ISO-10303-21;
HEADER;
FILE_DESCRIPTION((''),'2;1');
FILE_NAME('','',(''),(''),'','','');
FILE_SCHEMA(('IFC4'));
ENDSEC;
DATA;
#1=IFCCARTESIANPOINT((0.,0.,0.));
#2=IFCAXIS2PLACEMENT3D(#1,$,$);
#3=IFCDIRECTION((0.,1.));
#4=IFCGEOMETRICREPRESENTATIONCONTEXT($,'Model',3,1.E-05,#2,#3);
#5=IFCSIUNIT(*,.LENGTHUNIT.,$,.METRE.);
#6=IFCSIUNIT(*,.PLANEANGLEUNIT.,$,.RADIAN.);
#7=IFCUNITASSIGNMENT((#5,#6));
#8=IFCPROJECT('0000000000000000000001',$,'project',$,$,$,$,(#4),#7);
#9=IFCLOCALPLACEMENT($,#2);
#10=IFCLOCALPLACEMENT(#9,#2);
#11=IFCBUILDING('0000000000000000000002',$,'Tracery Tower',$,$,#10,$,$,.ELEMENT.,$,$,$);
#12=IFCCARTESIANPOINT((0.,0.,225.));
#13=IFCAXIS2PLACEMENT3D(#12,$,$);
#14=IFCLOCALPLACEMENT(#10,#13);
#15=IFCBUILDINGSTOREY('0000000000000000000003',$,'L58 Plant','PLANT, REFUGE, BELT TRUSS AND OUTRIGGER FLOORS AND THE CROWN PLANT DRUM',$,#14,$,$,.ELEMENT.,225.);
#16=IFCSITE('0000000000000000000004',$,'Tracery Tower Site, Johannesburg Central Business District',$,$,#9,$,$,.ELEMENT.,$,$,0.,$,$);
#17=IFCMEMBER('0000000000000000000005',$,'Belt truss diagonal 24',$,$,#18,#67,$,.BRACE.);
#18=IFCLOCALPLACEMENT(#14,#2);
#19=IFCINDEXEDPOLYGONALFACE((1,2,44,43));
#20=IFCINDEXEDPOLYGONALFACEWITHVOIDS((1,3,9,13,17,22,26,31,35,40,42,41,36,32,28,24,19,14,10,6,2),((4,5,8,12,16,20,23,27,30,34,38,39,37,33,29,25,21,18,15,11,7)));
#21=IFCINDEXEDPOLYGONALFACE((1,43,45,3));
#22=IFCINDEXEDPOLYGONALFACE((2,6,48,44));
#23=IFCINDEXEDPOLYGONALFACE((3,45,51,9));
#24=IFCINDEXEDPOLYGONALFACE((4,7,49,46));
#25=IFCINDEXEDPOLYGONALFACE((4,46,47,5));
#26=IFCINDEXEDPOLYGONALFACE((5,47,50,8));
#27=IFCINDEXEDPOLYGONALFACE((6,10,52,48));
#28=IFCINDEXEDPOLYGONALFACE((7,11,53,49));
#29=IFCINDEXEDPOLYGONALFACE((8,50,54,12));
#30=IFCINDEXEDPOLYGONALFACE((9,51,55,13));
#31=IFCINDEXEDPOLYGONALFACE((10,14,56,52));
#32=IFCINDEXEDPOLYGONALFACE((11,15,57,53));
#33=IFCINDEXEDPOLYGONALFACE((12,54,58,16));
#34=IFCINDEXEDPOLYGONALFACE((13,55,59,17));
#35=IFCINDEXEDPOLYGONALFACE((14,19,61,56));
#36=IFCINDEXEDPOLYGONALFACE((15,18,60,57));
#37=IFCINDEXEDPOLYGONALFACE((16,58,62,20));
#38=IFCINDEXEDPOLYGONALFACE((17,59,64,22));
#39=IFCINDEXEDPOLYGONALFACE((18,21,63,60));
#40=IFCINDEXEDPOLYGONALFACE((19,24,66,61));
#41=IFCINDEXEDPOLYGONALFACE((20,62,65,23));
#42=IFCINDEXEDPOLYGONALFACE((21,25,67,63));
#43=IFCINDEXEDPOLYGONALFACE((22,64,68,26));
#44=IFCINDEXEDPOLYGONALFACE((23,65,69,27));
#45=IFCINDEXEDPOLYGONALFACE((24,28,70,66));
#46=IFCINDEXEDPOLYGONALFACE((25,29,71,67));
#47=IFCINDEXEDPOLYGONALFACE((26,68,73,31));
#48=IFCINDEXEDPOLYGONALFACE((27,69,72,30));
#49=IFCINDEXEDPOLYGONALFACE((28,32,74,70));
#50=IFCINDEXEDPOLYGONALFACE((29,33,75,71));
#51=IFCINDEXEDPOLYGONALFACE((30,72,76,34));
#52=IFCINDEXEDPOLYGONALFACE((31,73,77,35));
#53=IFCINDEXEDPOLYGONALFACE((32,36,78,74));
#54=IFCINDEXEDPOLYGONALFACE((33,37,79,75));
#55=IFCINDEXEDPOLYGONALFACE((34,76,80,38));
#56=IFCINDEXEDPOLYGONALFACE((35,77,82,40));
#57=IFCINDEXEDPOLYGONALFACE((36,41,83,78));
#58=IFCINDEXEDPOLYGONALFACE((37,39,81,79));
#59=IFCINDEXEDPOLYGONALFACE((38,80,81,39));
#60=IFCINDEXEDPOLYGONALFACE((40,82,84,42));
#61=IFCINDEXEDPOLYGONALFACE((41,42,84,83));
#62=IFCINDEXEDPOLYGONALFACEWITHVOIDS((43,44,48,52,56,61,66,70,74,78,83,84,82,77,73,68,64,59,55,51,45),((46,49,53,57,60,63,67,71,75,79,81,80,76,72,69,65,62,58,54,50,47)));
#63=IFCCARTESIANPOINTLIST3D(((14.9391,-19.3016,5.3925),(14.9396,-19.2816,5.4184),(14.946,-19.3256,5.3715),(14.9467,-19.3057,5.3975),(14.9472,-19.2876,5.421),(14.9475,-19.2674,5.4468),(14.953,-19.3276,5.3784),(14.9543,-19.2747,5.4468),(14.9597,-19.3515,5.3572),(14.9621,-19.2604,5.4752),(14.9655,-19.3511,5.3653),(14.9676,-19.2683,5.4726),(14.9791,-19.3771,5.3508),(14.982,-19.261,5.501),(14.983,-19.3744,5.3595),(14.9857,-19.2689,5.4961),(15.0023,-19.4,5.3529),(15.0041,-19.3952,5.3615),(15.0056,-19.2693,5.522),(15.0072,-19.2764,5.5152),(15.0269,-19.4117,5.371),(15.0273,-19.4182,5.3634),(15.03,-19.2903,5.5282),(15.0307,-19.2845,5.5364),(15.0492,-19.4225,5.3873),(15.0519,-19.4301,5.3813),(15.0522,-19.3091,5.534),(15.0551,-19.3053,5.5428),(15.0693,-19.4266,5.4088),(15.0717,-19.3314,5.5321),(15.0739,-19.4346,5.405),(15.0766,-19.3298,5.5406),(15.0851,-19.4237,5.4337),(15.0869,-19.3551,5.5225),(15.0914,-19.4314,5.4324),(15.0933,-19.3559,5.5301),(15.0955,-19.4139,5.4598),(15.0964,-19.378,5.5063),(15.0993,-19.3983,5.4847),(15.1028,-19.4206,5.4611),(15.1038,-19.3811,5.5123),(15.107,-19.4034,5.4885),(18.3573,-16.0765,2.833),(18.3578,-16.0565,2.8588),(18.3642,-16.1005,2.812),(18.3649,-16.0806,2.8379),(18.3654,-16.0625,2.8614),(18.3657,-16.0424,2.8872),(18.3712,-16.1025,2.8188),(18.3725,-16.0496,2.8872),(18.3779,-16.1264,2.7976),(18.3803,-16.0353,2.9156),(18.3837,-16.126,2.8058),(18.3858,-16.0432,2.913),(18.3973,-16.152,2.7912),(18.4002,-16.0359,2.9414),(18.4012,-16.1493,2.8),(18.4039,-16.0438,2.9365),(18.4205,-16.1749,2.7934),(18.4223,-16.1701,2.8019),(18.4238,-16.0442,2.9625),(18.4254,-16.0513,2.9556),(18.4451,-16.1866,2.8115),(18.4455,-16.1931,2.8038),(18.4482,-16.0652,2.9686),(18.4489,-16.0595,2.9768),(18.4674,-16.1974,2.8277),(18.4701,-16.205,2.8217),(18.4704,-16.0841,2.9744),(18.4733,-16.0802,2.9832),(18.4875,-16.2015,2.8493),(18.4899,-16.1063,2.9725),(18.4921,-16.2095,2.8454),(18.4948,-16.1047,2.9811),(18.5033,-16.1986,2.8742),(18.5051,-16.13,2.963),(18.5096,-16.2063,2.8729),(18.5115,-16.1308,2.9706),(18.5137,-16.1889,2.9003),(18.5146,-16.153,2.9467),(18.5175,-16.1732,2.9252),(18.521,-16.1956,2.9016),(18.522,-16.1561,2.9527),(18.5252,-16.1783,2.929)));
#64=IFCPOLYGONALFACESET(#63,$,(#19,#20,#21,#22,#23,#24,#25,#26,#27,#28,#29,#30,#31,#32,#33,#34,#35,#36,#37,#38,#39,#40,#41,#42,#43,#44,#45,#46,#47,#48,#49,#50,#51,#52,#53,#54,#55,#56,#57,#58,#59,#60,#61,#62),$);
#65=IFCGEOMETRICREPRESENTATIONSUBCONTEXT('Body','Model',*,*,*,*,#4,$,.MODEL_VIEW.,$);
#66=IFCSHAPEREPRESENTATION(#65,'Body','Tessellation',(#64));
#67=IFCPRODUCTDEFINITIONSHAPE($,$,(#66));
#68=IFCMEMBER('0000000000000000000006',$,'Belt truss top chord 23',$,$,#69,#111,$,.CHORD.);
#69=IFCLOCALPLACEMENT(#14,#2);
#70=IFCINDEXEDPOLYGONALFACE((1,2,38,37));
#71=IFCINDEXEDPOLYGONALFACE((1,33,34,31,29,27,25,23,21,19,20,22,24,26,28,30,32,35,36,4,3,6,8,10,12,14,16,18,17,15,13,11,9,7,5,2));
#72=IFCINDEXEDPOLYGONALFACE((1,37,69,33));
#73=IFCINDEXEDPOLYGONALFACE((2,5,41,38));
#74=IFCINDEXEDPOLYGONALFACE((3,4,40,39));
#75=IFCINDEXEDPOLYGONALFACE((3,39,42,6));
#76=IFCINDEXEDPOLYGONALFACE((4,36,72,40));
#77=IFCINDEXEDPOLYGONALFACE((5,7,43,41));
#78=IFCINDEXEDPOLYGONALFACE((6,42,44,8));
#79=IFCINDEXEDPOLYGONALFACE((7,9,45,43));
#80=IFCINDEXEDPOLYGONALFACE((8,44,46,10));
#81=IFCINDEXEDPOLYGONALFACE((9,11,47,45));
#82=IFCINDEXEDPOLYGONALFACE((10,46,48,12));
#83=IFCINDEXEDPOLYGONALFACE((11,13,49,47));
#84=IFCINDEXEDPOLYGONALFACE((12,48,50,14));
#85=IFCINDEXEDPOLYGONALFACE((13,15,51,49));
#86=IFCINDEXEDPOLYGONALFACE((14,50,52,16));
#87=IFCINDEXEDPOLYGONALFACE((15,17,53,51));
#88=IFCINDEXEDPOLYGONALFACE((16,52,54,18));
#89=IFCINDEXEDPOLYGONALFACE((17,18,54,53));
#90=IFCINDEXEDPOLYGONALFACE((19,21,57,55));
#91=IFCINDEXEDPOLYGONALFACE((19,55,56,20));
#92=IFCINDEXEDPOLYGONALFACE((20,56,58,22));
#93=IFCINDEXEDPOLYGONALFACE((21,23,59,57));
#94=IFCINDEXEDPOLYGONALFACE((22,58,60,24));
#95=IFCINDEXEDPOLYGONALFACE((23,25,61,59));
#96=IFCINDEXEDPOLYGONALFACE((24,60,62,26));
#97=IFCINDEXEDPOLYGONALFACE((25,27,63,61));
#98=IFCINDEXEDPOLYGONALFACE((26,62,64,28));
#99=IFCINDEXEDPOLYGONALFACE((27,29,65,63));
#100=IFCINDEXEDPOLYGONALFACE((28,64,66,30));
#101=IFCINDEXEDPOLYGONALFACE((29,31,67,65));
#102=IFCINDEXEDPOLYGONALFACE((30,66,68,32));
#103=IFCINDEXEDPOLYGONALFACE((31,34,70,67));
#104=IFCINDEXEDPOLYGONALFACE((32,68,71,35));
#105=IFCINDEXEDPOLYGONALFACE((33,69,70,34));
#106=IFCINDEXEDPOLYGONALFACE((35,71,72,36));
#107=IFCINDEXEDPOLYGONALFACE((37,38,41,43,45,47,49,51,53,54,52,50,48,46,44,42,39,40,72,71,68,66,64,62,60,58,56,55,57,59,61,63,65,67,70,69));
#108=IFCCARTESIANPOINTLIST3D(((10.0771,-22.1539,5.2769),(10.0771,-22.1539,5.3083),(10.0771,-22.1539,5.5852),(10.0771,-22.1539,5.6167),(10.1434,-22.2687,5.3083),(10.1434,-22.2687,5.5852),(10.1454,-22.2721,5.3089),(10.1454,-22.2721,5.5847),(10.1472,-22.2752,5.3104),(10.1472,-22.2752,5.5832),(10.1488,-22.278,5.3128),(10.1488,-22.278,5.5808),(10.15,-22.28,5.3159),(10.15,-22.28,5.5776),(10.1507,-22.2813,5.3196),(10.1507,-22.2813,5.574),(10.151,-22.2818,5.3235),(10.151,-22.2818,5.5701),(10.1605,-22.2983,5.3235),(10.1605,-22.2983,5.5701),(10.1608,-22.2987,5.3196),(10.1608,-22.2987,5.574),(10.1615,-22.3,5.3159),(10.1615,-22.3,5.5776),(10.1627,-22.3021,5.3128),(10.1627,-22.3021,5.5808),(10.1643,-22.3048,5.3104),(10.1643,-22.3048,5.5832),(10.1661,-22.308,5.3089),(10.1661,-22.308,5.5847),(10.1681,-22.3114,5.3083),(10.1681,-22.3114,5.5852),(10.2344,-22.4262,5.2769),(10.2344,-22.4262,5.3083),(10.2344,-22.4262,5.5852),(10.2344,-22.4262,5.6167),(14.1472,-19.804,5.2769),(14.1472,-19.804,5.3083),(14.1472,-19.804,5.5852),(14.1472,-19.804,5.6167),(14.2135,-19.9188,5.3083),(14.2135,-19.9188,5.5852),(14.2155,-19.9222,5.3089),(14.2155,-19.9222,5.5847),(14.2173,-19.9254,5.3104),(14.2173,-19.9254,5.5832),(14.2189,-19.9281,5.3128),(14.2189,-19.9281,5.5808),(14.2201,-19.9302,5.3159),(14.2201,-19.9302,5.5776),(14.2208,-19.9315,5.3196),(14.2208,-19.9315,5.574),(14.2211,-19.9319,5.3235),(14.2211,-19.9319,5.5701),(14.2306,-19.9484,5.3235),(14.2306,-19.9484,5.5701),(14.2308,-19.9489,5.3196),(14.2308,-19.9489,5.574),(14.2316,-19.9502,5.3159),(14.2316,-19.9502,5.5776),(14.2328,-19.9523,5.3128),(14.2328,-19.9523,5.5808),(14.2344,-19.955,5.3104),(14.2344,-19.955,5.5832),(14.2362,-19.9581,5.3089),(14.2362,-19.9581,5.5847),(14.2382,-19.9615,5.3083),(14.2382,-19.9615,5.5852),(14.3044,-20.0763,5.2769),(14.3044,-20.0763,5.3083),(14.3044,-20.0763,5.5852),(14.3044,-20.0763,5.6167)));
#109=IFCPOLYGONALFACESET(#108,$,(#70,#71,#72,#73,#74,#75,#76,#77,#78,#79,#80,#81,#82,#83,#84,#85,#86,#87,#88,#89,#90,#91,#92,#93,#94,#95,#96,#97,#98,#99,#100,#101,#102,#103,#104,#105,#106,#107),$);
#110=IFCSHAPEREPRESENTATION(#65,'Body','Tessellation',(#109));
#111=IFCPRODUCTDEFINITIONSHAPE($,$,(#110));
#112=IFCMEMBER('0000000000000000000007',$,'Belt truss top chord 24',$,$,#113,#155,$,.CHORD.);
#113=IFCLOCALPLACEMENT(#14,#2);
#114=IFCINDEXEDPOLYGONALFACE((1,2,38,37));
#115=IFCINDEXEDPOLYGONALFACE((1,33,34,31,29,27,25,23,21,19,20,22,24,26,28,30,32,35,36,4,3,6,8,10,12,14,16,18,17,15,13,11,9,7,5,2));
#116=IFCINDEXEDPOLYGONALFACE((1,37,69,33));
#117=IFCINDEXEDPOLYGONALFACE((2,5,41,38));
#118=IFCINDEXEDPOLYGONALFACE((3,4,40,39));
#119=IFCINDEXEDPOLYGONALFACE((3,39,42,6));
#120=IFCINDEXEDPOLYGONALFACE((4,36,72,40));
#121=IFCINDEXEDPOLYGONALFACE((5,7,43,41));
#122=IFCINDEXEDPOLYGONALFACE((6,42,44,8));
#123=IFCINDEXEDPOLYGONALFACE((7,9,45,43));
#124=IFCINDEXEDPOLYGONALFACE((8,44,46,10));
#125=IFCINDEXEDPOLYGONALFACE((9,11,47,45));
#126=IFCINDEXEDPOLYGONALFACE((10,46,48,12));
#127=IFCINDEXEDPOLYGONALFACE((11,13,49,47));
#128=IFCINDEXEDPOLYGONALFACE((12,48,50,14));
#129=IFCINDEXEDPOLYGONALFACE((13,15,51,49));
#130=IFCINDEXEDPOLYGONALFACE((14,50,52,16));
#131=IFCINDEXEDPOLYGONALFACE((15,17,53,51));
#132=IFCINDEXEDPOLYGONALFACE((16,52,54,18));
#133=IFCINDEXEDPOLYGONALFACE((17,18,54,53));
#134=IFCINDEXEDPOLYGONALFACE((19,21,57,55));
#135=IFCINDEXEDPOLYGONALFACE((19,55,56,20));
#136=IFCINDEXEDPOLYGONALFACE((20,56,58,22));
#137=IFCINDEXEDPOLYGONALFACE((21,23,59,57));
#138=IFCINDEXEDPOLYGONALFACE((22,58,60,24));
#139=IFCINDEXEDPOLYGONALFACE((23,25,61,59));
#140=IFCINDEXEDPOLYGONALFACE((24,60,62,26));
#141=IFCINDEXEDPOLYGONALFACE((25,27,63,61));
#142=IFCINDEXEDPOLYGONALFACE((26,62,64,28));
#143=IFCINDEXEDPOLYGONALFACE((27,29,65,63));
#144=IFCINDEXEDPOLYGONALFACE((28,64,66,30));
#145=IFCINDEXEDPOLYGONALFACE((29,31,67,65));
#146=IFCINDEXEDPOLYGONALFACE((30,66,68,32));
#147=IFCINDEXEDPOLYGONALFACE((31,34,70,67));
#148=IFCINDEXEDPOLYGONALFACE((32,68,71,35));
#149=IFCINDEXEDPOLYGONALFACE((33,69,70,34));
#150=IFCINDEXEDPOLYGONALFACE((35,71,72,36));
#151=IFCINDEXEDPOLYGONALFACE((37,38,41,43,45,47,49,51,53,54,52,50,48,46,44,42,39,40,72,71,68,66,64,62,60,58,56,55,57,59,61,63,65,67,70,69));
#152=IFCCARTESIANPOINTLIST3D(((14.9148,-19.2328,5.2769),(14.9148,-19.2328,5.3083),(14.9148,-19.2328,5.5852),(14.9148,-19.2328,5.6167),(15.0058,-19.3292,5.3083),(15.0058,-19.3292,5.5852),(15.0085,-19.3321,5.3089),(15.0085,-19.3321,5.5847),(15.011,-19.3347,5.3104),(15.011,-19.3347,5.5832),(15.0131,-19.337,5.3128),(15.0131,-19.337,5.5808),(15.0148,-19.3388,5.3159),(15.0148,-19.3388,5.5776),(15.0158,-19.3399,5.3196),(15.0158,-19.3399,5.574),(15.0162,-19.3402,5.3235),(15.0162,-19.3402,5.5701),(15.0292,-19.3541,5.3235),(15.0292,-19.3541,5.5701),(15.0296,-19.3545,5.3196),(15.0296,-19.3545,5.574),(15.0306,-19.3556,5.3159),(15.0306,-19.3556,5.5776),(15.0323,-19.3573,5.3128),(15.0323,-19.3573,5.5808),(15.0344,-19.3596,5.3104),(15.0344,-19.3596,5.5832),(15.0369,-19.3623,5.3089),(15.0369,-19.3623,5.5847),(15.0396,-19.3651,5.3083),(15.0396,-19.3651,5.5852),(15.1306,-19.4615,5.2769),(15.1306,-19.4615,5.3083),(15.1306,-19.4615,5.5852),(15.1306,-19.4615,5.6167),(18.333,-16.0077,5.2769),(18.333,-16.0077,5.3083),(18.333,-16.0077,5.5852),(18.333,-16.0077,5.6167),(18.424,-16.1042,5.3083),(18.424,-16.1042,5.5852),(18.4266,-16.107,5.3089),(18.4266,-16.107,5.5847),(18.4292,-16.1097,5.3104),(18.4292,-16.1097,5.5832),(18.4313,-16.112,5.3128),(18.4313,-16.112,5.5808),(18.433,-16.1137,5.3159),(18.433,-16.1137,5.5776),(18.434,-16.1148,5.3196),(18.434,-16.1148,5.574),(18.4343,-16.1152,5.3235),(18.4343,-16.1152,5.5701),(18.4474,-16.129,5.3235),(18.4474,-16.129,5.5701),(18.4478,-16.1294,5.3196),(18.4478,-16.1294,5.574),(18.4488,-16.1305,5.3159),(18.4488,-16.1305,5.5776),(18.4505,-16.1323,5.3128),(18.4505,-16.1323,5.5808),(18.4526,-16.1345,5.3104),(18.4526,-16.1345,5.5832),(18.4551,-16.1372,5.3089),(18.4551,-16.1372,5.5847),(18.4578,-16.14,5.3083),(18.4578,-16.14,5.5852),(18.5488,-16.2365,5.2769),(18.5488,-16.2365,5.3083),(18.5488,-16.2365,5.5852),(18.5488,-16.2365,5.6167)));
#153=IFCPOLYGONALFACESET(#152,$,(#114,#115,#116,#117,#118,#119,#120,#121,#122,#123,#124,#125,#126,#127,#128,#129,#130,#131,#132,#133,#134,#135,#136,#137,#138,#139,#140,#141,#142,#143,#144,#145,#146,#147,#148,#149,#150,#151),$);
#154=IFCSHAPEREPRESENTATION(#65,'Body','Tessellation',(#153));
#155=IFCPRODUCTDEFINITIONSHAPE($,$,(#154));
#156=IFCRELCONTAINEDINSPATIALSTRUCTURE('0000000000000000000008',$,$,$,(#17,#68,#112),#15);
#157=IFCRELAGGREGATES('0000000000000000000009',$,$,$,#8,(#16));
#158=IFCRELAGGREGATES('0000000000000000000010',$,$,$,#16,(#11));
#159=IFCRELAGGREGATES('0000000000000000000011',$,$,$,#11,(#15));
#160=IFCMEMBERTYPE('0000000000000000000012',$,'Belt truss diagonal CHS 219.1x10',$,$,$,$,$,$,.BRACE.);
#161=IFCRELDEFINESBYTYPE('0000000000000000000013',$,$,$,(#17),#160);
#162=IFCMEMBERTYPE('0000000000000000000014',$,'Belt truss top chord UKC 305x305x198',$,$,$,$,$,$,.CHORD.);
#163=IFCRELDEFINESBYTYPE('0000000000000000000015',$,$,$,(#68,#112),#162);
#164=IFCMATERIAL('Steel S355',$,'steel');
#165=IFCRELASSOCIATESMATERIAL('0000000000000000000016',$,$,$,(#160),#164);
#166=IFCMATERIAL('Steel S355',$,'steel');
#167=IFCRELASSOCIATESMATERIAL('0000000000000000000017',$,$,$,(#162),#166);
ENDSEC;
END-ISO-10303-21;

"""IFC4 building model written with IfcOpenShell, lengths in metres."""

from ifc_helpers import new_model, si_unit, direction, frame, origin, origin_2d, place, context, subcontext, project, spatial, hollow_circle, i_section, extrude, material, material_profile, profile_set, type_object, element, save


model = new_model("IFC4")

# Units and contexts
model_context = context("Model", 3, precision=1e-05, world=origin(), true_north=direction((0.0, 1.0)))
body_context = subcontext(model_context, "Body", "Model", "MODEL_VIEW")
ifc_project = project(units=[si_unit("LENGTHUNIT", "METRE"), si_unit("PLANEANGLEUNIT", "RADIAN")], contexts=[model_context])

# Site, building, storey
site_placement = place(None, origin())
site = spatial("IfcSite", under=ifc_project, at=site_placement, Name="Tracery Tower Site, Johannesburg Central Business District", CompositionType="ELEMENT", RefElevation=0.0)
building_placement = place(site_placement, origin())
building = spatial("IfcBuilding", under=site, at=building_placement, Name="Tracery Tower", CompositionType="ELEMENT")
storey_placement = place(building_placement, frame((0.0, 0.0, 225.0)))
storey = spatial("IfcBuildingStorey", under=building, at=storey_placement, Name="L58 Plant", Description="PLANT, REFUGE, BELT TRUSS AND OUTRIGGER FLOORS AND THE CROWN PLANT DRUM", CompositionType="ELEMENT", Elevation=225.0)

# Members
ifc_material_1 = material(Name="Steel S355", Category="steel")
ifc_material_profile_1 = material_profile(ifc_material_1, hollow_circle(Radius=0.1096, WallThickness=0.01, at=origin_2d()), Name="CHS 219.1x10")
ifc_profile_set_1 = profile_set([ifc_material_profile_1], Name="Steel S355")
member_type_1 = type_object("IfcMemberType", Name="Belt truss diagonal CHS 219.1x10", PredefinedType="BRACE", material=ifc_profile_set_1)
member_1_placement = place(storey_placement, frame((15.0227, -19.3472, 5.4468), z_axis=(0.638758, 0.602671, -0.478305), x_axis=(-0.686262, 0.727355, 0.0)))
element("IfcMember", 1, at=member_1_placement, inside=storey, type_object=member_type_1, Name="Belt truss diagonal 24", PredefinedType="BRACE", context=body_context, shape_type="SweptSolid", body=[
    extrude(hollow_circle(Radius=0.1096, WallThickness=0.01, at=origin_2d()), origin(), (0.0, 0.0, 1.0), 5.3513),
])
ifc_material_2 = material(Name="Steel S355", Category="steel")
ifc_material_profile_2 = material_profile(ifc_material_2, i_section(OverallWidth=0.3145, OverallDepth=0.3398, WebThickness=0.019, FlangeThickness=0.0315, FilletRadius=0.0151, at=origin_2d()), Name="UKC 305x305x198")
ifc_profile_set_2 = profile_set([ifc_material_profile_2], Name="Steel S355")
member_type_2 = type_object("IfcMemberType", Name="Belt truss top chord UKC 305x305x198", PredefinedType="CHORD", material=ifc_profile_set_2)
member_2_placement = place(storey_placement, frame((10.1558, -22.29, 5.4468), z_axis=(0.866026, 0.5, 0.0), x_axis=(-0.5, 0.866026, 0.0)))
element("IfcMember", 2, at=member_2_placement, inside=storey, type_object=member_type_2, Name="Belt truss top chord 23", PredefinedType="CHORD", context=body_context, shape_type="SweptSolid", body=[
    extrude(i_section(OverallWidth=0.3145, OverallDepth=0.3398, WebThickness=0.019, FlangeThickness=0.0315, FilletRadius=0.0151, at=origin_2d()), origin(), (0.0, 0.0, 1.0), 4.6997),
])
member_3_placement = place(storey_placement, frame((15.0227, -19.3472, 5.4468), z_axis=(0.727355, 0.686262, 0.0), x_axis=(-0.686262, 0.727355, 0.0)))
element("IfcMember", 3, at=member_3_placement, inside=storey, type_object=member_type_2, Name="Belt truss top chord 24", PredefinedType="CHORD", context=body_context, shape_type="SweptSolid", body=[
    extrude(i_section(OverallWidth=0.3145, OverallDepth=0.3398, WebThickness=0.019, FlangeThickness=0.0315, FilletRadius=0.0151, at=origin_2d()), origin(), (0.0, 0.0, 1.0), 4.6995),
])

save(model, "model.ifc")
